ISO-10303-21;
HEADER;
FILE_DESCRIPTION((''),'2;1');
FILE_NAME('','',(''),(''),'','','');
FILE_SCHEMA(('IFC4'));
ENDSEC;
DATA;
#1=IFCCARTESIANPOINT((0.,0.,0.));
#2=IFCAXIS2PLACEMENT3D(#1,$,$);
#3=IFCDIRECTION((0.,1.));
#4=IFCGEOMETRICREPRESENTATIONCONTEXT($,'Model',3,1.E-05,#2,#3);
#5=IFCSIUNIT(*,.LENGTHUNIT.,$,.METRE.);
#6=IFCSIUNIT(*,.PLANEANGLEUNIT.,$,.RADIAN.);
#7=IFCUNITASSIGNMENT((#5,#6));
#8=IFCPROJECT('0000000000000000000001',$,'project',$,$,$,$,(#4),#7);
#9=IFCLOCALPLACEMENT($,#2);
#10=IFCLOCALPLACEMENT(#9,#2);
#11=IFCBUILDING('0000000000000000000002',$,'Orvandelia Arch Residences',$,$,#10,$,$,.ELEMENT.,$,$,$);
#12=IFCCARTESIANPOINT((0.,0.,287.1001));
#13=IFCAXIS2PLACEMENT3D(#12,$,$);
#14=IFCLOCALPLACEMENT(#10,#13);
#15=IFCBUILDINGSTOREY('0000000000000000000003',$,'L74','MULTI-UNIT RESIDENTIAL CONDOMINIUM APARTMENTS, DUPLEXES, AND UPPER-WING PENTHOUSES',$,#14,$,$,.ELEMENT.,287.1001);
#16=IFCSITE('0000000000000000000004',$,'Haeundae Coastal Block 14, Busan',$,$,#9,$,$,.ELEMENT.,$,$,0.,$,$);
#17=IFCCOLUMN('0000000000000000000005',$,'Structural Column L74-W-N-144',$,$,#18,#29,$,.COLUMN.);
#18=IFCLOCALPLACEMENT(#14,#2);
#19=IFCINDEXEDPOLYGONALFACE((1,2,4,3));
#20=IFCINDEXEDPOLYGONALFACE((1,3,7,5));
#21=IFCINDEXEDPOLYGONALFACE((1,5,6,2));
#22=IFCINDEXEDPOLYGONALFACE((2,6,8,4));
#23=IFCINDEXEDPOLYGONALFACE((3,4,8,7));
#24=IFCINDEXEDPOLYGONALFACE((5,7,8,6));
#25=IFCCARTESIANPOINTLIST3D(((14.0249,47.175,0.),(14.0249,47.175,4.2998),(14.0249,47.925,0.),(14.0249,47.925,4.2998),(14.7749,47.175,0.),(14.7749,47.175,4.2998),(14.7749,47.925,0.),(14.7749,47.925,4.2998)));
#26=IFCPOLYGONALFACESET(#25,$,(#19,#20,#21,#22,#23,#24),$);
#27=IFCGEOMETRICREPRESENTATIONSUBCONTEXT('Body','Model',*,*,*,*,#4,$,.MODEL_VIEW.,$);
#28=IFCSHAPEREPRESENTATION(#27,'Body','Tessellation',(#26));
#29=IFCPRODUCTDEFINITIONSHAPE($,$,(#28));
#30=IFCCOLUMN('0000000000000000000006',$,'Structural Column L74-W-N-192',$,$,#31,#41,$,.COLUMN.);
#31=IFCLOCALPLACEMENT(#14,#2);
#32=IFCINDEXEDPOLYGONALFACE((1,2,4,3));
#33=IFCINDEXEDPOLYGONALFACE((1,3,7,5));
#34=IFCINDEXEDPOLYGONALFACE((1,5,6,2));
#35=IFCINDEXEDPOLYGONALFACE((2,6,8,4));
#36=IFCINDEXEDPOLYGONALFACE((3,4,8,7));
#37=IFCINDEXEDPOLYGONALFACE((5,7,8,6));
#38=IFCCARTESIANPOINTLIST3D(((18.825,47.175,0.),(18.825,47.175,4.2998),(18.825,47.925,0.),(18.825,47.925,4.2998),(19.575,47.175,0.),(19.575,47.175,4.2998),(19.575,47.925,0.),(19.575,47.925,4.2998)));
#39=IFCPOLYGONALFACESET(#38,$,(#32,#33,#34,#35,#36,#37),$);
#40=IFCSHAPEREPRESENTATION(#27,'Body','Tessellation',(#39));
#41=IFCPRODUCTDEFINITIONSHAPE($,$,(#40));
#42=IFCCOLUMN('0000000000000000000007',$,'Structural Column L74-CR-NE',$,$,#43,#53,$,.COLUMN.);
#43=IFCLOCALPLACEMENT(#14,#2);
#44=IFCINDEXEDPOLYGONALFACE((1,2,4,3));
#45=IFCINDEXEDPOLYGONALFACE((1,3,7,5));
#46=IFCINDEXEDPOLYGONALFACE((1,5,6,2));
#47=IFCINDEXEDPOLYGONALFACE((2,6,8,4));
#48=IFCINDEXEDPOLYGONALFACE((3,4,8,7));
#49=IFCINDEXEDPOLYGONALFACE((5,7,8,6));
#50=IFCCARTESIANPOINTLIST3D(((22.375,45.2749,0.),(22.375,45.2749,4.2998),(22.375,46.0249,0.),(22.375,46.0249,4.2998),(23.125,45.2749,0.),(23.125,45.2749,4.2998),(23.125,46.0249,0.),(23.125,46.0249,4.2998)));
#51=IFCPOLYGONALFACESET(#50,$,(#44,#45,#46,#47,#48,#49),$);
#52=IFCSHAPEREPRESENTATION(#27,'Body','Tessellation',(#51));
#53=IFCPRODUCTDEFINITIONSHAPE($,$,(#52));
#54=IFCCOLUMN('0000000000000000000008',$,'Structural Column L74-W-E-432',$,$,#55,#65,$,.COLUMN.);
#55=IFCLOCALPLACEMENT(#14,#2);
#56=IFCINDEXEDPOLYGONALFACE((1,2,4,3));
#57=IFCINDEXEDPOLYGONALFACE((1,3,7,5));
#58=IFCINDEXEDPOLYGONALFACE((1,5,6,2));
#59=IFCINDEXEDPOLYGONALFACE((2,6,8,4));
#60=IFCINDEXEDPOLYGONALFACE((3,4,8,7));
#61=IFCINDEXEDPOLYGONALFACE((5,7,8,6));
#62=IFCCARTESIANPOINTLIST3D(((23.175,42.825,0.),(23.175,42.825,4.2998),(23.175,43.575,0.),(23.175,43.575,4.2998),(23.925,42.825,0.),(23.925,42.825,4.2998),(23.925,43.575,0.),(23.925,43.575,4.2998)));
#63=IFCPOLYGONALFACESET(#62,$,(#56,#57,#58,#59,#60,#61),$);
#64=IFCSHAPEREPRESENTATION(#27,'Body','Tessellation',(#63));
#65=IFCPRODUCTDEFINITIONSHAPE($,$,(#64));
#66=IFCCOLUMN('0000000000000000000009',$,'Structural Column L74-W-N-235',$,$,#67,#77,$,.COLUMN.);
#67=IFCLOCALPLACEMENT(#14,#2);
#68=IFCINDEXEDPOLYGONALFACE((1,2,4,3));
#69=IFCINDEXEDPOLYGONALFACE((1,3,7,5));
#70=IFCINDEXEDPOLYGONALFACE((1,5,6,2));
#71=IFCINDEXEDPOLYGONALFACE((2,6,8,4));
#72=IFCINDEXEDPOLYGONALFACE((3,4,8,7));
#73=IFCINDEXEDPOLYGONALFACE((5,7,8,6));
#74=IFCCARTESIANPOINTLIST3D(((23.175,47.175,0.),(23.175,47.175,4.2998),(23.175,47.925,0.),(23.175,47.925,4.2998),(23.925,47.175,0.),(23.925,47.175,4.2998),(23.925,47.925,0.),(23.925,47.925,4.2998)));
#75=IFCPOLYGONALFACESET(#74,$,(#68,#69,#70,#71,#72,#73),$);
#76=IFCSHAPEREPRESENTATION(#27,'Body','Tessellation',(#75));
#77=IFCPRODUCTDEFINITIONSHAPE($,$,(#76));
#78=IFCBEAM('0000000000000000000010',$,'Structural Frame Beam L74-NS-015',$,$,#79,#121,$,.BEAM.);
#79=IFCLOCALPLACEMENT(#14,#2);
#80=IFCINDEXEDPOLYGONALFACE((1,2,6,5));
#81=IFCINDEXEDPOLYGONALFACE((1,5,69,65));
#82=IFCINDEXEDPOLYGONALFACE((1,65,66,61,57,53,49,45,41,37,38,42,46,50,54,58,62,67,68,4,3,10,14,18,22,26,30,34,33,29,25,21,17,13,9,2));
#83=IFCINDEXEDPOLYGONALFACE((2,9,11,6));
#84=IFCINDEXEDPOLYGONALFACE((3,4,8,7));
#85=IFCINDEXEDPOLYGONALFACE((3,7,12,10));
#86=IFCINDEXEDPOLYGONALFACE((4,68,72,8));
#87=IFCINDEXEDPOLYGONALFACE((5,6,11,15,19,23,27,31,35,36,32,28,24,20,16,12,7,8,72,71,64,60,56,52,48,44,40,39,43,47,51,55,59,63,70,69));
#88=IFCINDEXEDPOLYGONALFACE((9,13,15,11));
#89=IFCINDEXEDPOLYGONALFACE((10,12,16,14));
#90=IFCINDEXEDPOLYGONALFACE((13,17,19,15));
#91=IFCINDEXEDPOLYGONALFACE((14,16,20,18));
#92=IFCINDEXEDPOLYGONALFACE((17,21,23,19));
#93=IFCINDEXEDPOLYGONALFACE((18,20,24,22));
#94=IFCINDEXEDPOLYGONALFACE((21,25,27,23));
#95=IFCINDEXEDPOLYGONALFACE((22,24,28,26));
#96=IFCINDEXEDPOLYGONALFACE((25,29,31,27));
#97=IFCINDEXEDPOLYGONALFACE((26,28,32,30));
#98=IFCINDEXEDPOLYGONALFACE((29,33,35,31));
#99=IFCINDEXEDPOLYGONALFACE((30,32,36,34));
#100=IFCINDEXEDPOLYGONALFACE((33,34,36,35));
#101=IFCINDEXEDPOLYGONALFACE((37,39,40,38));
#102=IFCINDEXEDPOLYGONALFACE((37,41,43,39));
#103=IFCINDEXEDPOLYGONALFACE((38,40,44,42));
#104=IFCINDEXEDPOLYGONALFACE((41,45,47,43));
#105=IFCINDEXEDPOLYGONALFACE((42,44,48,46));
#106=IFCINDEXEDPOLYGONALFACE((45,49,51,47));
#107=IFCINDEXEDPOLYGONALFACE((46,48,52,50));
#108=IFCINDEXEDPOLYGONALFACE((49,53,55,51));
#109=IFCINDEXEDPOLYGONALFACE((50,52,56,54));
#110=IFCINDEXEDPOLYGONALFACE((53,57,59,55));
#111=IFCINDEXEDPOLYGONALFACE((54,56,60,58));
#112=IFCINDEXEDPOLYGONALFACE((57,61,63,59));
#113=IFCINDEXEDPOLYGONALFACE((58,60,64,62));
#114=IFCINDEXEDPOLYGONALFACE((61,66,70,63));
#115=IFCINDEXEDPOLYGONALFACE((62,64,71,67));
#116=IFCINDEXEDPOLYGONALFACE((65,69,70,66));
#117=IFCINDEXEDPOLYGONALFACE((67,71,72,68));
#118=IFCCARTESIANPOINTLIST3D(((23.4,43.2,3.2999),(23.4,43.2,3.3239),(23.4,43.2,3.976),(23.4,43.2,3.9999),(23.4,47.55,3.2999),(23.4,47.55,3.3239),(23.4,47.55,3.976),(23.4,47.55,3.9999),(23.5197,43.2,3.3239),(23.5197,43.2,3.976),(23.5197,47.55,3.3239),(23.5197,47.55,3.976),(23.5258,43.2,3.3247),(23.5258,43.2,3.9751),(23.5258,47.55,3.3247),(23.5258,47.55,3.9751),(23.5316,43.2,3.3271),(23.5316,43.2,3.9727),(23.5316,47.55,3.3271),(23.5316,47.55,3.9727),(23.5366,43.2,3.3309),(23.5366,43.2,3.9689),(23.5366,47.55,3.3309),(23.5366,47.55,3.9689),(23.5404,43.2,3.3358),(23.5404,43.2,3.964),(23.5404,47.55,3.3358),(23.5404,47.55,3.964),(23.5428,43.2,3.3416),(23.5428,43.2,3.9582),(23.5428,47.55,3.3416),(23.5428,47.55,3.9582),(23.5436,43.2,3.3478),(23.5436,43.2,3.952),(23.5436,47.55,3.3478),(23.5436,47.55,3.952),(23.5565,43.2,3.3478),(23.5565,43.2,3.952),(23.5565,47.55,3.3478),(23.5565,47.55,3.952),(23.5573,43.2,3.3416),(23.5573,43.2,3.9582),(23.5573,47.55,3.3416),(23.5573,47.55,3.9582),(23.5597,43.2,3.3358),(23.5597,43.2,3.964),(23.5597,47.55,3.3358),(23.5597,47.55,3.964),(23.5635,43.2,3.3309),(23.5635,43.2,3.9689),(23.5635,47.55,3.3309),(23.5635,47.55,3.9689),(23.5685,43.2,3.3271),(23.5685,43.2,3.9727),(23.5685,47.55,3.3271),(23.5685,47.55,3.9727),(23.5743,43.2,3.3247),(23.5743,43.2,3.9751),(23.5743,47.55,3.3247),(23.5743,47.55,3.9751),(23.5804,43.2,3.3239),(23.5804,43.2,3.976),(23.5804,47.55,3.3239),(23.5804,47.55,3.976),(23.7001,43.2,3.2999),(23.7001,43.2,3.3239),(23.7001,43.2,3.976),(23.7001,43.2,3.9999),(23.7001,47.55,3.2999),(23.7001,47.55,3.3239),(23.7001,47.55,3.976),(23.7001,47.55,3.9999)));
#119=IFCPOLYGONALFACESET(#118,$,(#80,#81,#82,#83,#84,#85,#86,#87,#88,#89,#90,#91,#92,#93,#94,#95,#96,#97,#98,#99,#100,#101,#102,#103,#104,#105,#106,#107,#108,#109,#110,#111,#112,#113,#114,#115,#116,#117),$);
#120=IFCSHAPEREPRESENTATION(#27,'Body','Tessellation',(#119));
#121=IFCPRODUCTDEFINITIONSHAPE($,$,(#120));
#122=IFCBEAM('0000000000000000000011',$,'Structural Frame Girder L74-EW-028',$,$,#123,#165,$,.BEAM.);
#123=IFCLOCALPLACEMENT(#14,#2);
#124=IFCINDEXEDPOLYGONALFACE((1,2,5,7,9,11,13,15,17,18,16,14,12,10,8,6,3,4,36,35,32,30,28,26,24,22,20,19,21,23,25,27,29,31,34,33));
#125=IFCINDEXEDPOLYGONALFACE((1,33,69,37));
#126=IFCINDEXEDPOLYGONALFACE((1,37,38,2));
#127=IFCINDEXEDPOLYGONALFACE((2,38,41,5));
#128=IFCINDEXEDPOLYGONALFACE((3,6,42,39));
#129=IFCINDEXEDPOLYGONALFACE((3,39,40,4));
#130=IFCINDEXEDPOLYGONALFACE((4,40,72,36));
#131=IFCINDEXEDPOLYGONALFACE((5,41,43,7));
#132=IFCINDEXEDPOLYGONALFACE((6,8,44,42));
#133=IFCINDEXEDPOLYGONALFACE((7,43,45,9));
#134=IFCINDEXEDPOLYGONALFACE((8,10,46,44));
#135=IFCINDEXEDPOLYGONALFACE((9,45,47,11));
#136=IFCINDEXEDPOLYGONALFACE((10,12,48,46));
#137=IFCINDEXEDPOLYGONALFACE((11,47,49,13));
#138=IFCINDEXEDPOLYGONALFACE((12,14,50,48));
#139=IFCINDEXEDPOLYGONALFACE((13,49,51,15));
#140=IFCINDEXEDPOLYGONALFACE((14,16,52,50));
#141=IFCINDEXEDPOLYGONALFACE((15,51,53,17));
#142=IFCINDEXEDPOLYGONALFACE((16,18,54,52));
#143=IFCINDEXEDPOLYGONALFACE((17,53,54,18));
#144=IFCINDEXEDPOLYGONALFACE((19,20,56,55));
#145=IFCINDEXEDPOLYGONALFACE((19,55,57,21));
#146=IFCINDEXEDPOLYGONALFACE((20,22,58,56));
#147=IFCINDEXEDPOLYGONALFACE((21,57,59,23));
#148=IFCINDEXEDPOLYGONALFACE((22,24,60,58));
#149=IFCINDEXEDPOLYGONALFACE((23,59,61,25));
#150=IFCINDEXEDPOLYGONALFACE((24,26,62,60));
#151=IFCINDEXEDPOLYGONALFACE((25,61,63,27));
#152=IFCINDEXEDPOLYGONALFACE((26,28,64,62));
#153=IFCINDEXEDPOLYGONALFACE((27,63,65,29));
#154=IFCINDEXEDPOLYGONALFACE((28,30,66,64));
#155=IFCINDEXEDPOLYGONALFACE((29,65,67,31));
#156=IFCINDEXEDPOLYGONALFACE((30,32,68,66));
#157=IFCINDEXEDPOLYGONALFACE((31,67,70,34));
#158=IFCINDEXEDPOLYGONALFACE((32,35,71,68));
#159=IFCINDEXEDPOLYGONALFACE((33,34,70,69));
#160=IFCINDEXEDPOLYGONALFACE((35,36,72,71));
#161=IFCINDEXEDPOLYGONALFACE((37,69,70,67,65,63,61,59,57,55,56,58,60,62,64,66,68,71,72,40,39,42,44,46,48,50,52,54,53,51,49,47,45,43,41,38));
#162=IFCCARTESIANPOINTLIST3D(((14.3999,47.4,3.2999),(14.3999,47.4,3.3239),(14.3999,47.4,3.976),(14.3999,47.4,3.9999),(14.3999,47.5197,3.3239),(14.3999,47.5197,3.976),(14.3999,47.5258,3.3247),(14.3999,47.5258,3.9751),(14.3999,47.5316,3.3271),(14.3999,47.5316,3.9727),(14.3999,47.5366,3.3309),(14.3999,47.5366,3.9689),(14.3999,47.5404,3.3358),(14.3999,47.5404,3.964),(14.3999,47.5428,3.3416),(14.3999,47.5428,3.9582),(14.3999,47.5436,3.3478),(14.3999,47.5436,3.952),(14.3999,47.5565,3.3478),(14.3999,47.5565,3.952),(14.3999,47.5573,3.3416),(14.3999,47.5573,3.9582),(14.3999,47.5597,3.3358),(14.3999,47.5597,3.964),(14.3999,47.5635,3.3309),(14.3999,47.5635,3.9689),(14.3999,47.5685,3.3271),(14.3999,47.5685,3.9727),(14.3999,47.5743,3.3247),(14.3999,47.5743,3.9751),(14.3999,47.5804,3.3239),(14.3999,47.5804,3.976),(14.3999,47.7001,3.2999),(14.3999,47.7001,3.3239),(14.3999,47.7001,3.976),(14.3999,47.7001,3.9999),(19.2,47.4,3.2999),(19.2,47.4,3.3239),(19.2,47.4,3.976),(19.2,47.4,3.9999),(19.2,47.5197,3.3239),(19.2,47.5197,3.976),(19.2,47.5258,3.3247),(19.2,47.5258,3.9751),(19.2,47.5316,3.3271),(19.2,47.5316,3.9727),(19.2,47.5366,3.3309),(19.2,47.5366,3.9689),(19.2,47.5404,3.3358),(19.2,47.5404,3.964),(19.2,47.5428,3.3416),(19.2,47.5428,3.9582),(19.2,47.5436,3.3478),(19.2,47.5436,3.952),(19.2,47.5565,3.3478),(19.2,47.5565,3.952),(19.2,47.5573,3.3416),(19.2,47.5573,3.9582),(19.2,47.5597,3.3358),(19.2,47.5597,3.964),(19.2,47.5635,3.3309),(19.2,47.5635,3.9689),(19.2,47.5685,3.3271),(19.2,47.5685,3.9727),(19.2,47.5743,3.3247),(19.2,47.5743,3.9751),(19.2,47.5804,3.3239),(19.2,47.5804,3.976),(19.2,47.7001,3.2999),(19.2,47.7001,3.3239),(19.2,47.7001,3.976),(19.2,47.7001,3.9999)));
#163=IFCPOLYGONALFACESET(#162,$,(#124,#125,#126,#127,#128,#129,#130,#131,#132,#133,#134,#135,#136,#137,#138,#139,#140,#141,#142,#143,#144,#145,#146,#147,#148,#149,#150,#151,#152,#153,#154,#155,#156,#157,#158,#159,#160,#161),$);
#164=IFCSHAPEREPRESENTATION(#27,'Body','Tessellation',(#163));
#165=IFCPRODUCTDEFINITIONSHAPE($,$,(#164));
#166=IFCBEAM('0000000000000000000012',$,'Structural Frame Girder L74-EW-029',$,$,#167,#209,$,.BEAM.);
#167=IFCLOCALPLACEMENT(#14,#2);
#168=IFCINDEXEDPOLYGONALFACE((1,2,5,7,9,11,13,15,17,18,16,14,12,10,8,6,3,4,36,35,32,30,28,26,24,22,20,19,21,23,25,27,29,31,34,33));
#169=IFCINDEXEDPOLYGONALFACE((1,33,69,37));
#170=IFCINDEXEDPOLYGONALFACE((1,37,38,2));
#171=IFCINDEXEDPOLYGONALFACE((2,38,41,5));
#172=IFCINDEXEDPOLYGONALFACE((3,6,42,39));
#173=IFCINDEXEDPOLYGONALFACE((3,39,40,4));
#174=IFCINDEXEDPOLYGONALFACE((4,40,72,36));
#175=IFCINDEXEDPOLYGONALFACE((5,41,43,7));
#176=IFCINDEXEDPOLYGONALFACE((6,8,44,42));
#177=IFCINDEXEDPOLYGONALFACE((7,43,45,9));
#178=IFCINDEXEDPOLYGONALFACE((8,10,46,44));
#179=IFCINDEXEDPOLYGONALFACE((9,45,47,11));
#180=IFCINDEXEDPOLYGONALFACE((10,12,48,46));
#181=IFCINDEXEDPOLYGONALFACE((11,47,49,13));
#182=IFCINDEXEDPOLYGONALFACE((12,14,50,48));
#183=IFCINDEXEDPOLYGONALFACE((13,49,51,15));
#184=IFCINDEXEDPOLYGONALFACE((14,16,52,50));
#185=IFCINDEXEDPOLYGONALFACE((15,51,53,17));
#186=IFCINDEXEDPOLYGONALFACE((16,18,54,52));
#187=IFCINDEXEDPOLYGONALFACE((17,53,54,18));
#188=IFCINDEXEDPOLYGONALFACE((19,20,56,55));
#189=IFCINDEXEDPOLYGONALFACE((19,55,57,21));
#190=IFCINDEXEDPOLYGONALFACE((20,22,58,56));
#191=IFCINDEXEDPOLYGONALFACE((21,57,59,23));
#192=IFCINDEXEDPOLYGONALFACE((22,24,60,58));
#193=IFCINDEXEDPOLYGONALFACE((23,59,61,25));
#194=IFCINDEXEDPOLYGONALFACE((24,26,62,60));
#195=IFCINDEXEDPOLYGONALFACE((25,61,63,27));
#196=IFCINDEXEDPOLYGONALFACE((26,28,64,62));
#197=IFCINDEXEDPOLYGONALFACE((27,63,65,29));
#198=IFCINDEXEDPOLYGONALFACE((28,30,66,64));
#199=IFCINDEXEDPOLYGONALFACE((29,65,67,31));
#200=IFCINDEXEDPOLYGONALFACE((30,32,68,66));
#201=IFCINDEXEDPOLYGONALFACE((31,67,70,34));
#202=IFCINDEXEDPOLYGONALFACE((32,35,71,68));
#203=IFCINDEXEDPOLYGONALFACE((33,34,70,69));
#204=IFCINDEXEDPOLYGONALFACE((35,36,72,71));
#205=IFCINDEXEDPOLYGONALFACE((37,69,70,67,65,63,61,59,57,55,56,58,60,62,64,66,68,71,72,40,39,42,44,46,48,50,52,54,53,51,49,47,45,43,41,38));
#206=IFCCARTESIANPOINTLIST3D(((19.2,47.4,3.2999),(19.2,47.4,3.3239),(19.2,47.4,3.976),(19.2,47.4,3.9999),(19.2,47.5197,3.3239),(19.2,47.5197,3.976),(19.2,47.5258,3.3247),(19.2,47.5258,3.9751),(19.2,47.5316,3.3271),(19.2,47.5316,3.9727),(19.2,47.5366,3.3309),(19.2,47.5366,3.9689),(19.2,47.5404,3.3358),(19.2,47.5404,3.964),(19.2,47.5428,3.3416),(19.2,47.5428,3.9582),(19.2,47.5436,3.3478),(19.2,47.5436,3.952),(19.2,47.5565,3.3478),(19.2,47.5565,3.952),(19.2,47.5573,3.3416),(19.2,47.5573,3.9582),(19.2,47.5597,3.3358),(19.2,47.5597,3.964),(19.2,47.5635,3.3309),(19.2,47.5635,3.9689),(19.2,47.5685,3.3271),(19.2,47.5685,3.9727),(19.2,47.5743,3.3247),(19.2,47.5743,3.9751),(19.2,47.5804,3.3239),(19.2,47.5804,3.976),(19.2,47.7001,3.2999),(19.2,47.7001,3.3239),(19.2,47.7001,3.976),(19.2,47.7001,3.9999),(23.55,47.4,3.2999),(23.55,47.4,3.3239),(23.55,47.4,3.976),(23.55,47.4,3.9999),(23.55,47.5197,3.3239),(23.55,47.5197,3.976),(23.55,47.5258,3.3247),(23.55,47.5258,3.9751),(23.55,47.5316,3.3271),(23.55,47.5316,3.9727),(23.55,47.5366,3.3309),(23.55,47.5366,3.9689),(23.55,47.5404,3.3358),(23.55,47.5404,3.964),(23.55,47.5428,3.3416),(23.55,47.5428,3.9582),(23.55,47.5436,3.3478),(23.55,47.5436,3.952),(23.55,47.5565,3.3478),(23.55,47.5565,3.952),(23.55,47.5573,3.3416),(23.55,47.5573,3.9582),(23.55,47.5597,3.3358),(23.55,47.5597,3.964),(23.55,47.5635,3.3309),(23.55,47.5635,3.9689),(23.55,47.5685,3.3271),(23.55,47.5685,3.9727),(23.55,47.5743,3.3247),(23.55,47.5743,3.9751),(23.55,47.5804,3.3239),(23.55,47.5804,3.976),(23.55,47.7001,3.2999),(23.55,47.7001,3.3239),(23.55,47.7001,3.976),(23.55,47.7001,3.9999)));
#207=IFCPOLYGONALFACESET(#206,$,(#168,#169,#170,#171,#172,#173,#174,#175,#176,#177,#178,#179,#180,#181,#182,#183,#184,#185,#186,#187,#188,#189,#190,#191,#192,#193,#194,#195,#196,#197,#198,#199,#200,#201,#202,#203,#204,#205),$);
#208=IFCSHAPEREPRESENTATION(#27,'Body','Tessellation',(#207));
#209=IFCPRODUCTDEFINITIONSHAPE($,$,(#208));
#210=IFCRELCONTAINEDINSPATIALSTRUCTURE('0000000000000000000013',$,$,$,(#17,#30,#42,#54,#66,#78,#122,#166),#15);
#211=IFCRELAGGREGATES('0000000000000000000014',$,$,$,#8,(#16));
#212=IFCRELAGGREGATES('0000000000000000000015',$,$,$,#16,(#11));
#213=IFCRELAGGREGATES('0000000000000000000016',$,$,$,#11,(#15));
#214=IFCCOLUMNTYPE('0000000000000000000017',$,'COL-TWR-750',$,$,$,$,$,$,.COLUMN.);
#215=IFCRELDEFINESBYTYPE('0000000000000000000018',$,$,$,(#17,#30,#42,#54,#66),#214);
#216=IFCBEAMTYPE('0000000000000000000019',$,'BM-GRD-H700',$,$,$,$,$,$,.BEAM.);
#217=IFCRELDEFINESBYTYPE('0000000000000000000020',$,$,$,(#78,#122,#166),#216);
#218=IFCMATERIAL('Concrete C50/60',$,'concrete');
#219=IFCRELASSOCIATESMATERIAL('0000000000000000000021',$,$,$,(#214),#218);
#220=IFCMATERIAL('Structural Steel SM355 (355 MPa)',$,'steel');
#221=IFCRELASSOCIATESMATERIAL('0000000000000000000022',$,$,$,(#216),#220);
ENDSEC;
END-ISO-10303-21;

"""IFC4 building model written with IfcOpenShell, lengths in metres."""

from ifc_helpers import new_model, si_unit, direction, frame, origin, origin_2d, place, context, subcontext, project, spatial, rectangle, i_section, extrude, material, material_profile, profile_set, type_object, element, save


model = new_model("IFC4")

# Units and contexts
model_context = context("Model", 3, precision=1e-05, world=origin(), true_north=direction((0.0, 1.0)))
body_context = subcontext(model_context, "Body", "Model", "MODEL_VIEW")
ifc_project = project(units=[si_unit("LENGTHUNIT", "METRE"), si_unit("PLANEANGLEUNIT", "RADIAN")], contexts=[model_context])

# Site, building, storey
site_placement = place(None, origin())
site = spatial("IfcSite", under=ifc_project, at=site_placement, Name="Haeundae Coastal Block 14, Busan", CompositionType="ELEMENT", RefElevation=0.0)
building_placement = place(site_placement, origin())
building = spatial("IfcBuilding", under=site, at=building_placement, Name="Orvandelia Arch Residences", CompositionType="ELEMENT")
storey_placement = place(building_placement, frame((0.0, 0.0, 287.1001)))
storey = spatial("IfcBuildingStorey", under=building, at=storey_placement, Name="L74", Description="MULTI-UNIT RESIDENTIAL CONDOMINIUM APARTMENTS, DUPLEXES, AND UPPER-WING PENTHOUSES", CompositionType="ELEMENT", Elevation=287.1001)

# Columns
ifc_material_1 = material(Name="Concrete C50/60", Category="concrete")
ifc_material_profile_1 = material_profile(ifc_material_1, rectangle(XDim=0.75, YDim=0.75, at=origin_2d()), Name="Concrete C50/60", Category="concrete")
ifc_profile_set_1 = profile_set([ifc_material_profile_1], Name="Concrete C50/60")
column_type = type_object("IfcColumnType", Name="COL-TWR-750", PredefinedType="COLUMN", material=ifc_profile_set_1)
for number, where, z_axis, x_axis, name in (
    (1, (14.3999, 47.55, 0.0), (0.0, 0.0, 1.0), (1.0, 0.0, 0.0), "Structural Column L74-W-N-144"),
    (2, (19.2, 47.55, 0.0), (0.0, 0.0, 1.0), (1.0, 0.0, 0.0), "Structural Column L74-W-N-192"),
    (3, (22.75, 45.6499, 0.0), (0.0, 0.0, 1.0), (1.0, 0.0, 0.0), "Structural Column L74-CR-NE"),
    (4, (23.55, 43.2, 0.0), (0.0, 0.0, 1.0), (1.0, 0.0, 0.0), "Structural Column L74-W-E-432"),
    (5, (23.55, 47.55, 0.0), (0.0, 0.0, 1.0), (1.0, 0.0, 0.0), "Structural Column L74-W-N-235"),
):
    element("IfcColumn", number, at=place(storey_placement, frame(where, z_axis=z_axis, x_axis=x_axis)), inside=storey, type_object=column_type, Name=name, PredefinedType="COLUMN", context=body_context, shape_type="SweptSolid", body=[
        extrude(rectangle(XDim=0.75, YDim=0.75, at=origin_2d()), origin(), (0.0, 0.0, 1.0), 4.2998),
    ])

# Beams
ifc_material_2 = material(Name="Structural Steel SM355 (355 MPa)", Category="steel")
ifc_material_profile_2 = material_profile(ifc_material_2, i_section(OverallWidth=0.3, OverallDepth=0.7, WebThickness=0.0129, FlangeThickness=0.0239, FilletRadius=0.0239, at=origin_2d()), Name="Structural Steel SM355 (355 MPa)", Category="steel")
ifc_profile_set_2 = profile_set([ifc_material_profile_2], Name="Structural Steel SM355 (355 MPa)")
beam_type = type_object("IfcBeamType", Name="BM-GRD-H700", PredefinedType="BEAM", material=ifc_profile_set_2)
beam_1_placement = place(storey_placement, frame((23.55, 43.2, 3.6499), z_axis=(0.0, 1.0, 0.0), x_axis=(-1.0, 0.0, 0.0)))
element("IfcBeam", 6, at=beam_1_placement, inside=storey, type_object=beam_type, Name="Structural Frame Beam L74-NS-015", PredefinedType="BEAM", context=body_context, shape_type="SweptSolid", body=[
    extrude(i_section(OverallWidth=0.3, OverallDepth=0.7, WebThickness=0.0129, FlangeThickness=0.0239, FilletRadius=0.0239, at=origin_2d()), origin(), (0.0, 0.0, 1.0), 4.3501),
])
beam_2_placement = place(storey_placement, frame((14.3999, 47.55, 3.6499), z_axis=(1.0, 0.0, 0.0), x_axis=(0.0, 1.0, 0.0)))
element("IfcBeam", 7, at=beam_2_placement, inside=storey, type_object=beam_type, Name="Structural Frame Girder L74-EW-028", PredefinedType="BEAM", context=body_context, shape_type="SweptSolid", body=[
    extrude(i_section(OverallWidth=0.3, OverallDepth=0.7, WebThickness=0.0129, FlangeThickness=0.0239, FilletRadius=0.0239, at=origin_2d()), origin(), (0.0, 0.0, 1.0), 4.8),
])
beam_3_placement = place(storey_placement, frame((19.2, 47.55, 3.6499), z_axis=(1.0, 0.0, 0.0), x_axis=(0.0, 1.0, 0.0)))
element("IfcBeam", 8, at=beam_3_placement, inside=storey, type_object=beam_type, Name="Structural Frame Girder L74-EW-029", PredefinedType="BEAM", context=body_context, shape_type="SweptSolid", body=[
    extrude(i_section(OverallWidth=0.3, OverallDepth=0.7, WebThickness=0.0129, FlangeThickness=0.0239, FilletRadius=0.0239, at=origin_2d()), origin(), (0.0, 0.0, 1.0), 4.3501),
])

save(model, "model.ifc")
